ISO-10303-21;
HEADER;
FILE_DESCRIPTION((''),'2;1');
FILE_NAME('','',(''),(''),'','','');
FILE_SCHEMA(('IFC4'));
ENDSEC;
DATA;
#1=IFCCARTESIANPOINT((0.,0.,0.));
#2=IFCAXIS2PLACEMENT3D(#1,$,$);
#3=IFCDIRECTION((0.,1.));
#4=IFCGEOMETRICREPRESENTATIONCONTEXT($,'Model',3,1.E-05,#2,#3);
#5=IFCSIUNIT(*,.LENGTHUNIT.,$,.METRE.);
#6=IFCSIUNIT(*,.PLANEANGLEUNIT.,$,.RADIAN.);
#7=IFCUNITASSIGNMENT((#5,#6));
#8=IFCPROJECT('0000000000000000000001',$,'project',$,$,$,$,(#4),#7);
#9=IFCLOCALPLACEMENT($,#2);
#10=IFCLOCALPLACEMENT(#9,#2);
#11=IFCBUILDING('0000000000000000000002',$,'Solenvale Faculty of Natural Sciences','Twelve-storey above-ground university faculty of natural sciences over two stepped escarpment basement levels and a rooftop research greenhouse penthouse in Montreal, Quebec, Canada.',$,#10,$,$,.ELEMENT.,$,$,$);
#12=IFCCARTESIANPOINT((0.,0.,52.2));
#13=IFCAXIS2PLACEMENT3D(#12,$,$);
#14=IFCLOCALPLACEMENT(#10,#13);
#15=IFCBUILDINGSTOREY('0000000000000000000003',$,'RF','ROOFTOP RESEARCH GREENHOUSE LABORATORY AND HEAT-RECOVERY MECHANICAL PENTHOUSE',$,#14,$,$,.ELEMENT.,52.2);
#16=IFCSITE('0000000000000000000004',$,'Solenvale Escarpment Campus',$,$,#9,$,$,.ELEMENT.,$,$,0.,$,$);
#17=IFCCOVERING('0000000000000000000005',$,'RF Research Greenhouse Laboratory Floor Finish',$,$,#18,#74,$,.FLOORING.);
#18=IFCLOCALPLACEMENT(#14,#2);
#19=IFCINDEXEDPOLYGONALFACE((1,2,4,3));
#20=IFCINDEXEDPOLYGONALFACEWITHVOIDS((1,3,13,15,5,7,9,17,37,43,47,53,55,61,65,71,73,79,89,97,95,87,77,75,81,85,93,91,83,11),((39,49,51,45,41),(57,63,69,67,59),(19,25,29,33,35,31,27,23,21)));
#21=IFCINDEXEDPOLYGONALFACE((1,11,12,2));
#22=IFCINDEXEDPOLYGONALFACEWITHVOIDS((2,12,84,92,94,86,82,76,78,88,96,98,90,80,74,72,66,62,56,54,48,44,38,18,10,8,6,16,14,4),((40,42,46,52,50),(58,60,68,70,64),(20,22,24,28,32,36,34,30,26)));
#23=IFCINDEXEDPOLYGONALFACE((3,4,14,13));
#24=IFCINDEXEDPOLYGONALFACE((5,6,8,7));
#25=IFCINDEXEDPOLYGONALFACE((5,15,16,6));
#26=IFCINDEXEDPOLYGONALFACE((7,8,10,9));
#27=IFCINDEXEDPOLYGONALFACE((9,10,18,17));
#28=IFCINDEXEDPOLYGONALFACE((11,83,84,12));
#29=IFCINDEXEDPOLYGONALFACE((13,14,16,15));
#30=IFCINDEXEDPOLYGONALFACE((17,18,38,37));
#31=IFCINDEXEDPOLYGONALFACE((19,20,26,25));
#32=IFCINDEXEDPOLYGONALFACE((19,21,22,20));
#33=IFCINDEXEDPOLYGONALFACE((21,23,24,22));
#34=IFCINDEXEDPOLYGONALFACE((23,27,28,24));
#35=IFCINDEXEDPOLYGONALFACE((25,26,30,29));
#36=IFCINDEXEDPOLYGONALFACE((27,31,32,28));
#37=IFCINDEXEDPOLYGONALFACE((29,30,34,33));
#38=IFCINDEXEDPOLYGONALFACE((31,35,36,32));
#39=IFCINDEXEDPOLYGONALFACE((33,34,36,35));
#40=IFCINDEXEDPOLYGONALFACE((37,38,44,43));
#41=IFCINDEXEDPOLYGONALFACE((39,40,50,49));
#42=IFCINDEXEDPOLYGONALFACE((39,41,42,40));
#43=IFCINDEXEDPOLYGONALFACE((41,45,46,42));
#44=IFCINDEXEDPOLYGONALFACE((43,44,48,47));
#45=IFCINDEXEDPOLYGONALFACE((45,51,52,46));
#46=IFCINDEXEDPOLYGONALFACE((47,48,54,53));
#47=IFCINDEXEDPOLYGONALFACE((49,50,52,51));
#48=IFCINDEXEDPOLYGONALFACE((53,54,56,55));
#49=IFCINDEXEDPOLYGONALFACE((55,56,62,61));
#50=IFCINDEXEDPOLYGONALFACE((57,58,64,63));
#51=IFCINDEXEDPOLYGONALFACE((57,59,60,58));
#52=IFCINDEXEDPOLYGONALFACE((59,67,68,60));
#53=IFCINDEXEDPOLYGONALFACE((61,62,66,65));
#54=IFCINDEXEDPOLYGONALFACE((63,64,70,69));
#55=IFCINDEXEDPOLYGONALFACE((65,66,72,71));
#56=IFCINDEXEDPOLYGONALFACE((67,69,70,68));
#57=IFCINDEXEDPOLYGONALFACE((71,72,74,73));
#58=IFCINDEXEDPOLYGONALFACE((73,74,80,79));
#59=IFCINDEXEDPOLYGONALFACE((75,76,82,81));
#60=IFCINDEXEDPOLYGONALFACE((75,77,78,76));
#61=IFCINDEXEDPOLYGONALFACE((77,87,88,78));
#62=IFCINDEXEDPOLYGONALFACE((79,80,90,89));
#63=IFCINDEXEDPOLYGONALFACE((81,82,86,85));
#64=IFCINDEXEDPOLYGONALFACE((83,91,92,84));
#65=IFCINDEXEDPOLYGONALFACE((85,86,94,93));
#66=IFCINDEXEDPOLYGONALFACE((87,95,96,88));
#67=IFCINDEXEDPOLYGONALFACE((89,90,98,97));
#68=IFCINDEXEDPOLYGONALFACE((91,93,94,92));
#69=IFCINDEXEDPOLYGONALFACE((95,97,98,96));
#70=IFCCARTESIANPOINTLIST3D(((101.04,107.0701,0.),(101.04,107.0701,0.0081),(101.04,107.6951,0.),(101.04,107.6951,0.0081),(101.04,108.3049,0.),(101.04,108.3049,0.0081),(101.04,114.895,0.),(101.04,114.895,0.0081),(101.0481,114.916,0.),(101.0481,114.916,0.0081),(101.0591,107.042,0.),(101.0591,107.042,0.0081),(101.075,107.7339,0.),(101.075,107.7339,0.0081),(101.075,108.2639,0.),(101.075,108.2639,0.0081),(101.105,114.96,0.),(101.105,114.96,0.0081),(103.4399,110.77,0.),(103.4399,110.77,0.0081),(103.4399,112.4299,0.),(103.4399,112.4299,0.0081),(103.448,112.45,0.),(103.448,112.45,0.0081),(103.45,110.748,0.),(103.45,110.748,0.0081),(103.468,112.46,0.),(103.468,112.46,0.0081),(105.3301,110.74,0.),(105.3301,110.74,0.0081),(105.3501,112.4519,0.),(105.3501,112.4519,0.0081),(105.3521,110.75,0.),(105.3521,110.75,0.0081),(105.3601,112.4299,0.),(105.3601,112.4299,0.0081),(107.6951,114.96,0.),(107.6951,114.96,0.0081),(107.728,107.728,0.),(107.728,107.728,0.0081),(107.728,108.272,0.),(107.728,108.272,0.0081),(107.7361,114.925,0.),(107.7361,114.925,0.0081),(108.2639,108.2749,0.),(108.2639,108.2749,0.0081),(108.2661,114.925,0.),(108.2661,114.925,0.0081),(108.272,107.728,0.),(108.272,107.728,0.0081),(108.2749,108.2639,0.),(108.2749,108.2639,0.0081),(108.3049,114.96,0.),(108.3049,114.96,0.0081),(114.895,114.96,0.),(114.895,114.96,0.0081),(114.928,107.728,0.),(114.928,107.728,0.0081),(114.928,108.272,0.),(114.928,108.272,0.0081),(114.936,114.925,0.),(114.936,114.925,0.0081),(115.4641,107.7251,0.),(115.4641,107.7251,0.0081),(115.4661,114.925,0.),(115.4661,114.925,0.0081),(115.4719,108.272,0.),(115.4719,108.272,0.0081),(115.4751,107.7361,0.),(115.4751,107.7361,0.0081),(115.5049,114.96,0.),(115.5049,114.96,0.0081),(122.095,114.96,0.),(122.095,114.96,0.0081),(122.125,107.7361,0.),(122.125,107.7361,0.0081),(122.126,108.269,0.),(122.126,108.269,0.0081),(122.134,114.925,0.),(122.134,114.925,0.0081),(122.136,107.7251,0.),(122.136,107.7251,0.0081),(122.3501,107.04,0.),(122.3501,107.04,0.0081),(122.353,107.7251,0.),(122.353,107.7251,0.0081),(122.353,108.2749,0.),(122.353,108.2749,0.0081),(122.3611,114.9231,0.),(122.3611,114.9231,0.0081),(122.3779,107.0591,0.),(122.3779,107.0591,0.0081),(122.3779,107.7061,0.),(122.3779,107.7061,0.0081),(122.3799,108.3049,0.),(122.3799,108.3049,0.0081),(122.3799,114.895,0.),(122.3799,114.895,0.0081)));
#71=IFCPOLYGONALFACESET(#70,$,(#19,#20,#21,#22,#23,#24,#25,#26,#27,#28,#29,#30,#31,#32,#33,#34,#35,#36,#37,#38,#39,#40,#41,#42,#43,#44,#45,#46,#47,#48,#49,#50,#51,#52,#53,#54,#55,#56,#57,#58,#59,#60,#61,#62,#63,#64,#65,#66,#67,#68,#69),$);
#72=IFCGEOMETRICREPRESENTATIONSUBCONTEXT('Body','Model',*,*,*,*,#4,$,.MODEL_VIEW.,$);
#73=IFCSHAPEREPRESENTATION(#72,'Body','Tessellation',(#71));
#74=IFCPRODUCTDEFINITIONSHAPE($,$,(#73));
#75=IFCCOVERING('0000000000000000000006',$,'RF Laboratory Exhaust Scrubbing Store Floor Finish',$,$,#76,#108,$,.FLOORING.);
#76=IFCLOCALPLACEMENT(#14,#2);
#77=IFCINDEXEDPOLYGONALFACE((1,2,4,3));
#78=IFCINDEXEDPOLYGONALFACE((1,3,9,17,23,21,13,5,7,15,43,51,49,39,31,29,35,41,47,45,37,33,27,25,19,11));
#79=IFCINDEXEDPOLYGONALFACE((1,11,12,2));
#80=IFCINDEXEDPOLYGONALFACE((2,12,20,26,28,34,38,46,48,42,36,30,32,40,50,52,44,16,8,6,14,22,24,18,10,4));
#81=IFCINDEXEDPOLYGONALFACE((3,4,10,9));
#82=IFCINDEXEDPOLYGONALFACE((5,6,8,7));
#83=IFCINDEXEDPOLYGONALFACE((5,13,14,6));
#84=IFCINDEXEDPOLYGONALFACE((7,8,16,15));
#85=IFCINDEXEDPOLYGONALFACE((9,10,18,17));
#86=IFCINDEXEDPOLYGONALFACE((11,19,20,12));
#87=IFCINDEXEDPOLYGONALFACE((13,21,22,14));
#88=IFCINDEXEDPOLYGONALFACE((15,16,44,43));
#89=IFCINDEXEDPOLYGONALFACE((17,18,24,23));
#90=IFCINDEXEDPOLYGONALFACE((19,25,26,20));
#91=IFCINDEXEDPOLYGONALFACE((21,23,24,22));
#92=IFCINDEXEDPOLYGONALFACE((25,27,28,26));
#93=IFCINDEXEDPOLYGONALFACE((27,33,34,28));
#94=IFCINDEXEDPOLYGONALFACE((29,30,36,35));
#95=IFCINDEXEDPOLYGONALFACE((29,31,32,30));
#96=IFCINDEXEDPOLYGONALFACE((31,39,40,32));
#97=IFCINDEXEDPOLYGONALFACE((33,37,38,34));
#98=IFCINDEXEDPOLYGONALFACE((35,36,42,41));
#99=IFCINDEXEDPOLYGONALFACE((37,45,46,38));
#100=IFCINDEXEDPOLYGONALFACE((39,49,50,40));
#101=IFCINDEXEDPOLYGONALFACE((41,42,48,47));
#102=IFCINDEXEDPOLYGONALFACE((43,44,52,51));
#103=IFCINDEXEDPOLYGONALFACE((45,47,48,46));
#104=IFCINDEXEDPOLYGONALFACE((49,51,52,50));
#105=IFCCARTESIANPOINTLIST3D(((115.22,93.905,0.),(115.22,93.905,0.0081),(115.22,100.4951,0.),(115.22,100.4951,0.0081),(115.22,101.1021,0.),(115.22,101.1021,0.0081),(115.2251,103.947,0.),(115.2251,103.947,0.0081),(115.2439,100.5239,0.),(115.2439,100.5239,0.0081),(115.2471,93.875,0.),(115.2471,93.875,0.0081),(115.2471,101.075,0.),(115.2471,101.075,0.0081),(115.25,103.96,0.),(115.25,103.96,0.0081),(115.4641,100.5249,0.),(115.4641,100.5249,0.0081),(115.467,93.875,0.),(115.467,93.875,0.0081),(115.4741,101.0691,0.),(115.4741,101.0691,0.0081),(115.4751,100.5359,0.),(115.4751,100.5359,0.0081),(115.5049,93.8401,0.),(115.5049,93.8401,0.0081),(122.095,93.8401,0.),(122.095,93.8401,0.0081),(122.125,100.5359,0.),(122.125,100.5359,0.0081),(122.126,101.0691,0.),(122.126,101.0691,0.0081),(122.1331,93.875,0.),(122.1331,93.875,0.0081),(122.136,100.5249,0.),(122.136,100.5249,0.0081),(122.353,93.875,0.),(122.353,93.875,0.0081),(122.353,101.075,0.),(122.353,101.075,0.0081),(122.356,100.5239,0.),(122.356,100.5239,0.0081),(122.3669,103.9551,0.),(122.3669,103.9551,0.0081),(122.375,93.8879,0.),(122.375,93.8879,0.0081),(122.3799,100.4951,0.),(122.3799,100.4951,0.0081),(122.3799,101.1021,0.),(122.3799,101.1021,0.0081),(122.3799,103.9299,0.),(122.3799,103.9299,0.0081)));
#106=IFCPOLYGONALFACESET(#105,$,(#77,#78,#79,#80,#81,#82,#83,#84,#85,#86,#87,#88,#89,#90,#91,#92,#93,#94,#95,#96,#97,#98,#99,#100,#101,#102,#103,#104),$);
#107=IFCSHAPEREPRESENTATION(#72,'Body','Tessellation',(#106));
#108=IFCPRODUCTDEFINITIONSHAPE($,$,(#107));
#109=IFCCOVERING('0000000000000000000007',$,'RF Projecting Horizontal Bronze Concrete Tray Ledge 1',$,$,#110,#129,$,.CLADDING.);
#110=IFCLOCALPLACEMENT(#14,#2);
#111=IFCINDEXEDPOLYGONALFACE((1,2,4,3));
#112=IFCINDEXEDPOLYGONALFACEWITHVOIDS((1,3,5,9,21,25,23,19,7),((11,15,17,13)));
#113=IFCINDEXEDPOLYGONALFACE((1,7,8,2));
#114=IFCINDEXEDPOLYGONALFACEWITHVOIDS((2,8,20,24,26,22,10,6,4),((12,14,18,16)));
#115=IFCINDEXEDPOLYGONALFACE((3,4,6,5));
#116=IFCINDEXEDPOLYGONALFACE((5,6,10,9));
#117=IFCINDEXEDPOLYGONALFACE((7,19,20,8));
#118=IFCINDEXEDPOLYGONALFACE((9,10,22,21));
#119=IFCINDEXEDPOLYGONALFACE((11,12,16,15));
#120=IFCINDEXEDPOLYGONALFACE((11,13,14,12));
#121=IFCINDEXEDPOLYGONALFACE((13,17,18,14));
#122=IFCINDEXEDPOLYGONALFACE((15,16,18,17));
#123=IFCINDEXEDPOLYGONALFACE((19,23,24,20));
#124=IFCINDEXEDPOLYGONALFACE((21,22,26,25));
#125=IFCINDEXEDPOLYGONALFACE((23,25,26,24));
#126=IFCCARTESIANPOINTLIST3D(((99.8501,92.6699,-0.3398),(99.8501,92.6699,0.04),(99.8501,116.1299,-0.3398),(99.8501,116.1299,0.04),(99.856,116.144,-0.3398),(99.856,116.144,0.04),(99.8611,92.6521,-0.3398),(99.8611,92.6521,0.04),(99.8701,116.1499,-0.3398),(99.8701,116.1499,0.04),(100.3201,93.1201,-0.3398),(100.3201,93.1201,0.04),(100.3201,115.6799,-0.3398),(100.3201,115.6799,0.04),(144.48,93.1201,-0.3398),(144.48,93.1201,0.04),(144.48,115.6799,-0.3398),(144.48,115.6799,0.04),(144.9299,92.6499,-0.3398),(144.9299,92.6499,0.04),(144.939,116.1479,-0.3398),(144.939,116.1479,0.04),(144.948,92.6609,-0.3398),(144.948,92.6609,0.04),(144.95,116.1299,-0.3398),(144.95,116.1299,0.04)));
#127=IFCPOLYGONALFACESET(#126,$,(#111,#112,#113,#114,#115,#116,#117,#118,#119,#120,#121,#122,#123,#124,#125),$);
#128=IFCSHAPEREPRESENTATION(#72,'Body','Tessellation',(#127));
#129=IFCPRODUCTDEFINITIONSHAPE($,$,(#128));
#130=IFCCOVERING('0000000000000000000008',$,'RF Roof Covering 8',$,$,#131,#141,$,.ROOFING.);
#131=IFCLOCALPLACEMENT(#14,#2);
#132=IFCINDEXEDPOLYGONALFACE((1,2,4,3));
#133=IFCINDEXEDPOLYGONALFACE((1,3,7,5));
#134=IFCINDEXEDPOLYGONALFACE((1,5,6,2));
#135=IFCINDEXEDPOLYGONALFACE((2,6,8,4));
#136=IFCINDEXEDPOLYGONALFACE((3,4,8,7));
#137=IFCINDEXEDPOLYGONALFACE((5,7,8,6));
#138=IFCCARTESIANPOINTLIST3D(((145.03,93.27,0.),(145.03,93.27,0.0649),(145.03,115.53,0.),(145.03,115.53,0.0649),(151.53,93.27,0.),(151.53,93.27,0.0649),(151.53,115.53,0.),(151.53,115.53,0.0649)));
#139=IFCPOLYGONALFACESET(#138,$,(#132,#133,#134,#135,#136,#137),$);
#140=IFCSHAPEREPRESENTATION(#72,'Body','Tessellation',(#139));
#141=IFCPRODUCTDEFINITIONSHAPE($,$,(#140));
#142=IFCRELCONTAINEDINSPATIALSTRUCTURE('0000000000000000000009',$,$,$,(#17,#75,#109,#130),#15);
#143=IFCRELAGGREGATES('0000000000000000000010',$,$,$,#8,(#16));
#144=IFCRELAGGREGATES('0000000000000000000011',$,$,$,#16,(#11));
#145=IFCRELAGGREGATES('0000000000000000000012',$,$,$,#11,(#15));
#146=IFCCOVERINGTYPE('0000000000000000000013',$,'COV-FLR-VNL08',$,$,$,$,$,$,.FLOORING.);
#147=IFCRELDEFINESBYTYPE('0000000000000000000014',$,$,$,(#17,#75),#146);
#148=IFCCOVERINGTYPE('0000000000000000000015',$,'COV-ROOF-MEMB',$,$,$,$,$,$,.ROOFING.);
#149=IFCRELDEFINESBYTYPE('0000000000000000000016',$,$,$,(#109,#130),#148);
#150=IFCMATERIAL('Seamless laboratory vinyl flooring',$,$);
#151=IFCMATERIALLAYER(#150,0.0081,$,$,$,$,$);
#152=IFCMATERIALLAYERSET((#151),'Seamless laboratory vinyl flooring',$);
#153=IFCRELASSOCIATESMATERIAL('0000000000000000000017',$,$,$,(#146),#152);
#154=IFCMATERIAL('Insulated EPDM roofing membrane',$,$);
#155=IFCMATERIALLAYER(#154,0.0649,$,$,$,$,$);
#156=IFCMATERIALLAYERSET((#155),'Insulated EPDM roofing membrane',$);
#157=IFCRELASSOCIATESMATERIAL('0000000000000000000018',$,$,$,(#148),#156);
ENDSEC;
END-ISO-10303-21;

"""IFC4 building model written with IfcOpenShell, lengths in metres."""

from ifc_helpers import new_model, si_unit, direction, frame, origin, place, context, subcontext, project, spatial, polyline, outline, extrude, material, layer, layer_set, type_object, element, save


model = new_model("IFC4")

# Units and contexts
model_context = context("Model", 3, precision=1e-05, world=origin(), true_north=direction((0.0, 1.0)))
body_context = subcontext(model_context, "Body", "Model", "MODEL_VIEW")
ifc_project = project(units=[si_unit("LENGTHUNIT", "METRE"), si_unit("PLANEANGLEUNIT", "RADIAN")], contexts=[model_context])

# Site, building, storey
site_placement = place(None, origin())
site = spatial("IfcSite", under=ifc_project, at=site_placement, Name="Solenvale Escarpment Campus", CompositionType="ELEMENT", RefElevation=0.0)
building_placement = place(site_placement, origin())
building = spatial("IfcBuilding", under=site, at=building_placement, Name="Solenvale Faculty of Natural Sciences", Description="Twelve-storey above-ground university faculty of natural sciences over two stepped escarpment basement levels and a rooftop research greenhouse penthouse in Montreal, Quebec, Canada.", CompositionType="ELEMENT")
storey_placement = place(building_placement, frame((0.0, 0.0, 52.2)))
storey = spatial("IfcBuildingStorey", under=building, at=storey_placement, Name="RF", Description="ROOFTOP RESEARCH GREENHOUSE LABORATORY AND HEAT-RECOVERY MECHANICAL PENTHOUSE", CompositionType="ELEMENT", Elevation=52.2)

# Coverings
ifc_material_1 = material(Name="Seamless laboratory vinyl flooring")
ifc_layer_1 = layer(ifc_material_1, 0.0081)
ifc_layer_set_1 = layer_set([ifc_layer_1], Name="Seamless laboratory vinyl flooring")
covering_type_1 = type_object("IfcCoveringType", Name="COV-FLR-VNL08", PredefinedType="FLOORING", material=ifc_layer_set_1)
covering_1_placement = place(storey_placement, origin())
element("IfcCovering", 1, at=covering_1_placement, inside=storey, type_object=covering_type_1, Name="RF Research Greenhouse Laboratory Floor Finish", PredefinedType="FLOORING", context=body_context, shape_type="SweptSolid", body=[
    extrude(outline(polyline([(101.04, 114.895), (101.0481, 114.916), (101.105, 114.96), (107.6951, 114.96), (107.7361, 114.925), (108.2661, 114.925), (108.3049, 114.96), (114.895, 114.96), (114.936, 114.925), (115.4661, 114.925), (115.5049, 114.96), (122.095, 114.96), (122.134, 114.925), (122.3611, 114.9231), (122.3799, 114.895), (122.3799, 108.3049), (122.353, 108.2749), (122.126, 108.269), (122.125, 107.7361), (122.136, 107.7251), (122.353, 107.7251), (122.3779, 107.7061), (122.3779, 107.0591), (122.3501, 107.04), (101.0591, 107.042), (101.04, 107.0701), (101.04, 107.6951), (101.075, 107.7339), (101.075, 108.2639), (101.04, 108.3049), (101.04, 114.895)]), holes=[polyline([(115.4641, 107.7251), (115.4751, 107.7361), (115.4719, 108.272), (114.928, 108.272), (114.928, 107.728), (115.4641, 107.7251)]), polyline([(108.2749, 108.2639), (108.2639, 108.2749), (107.728, 108.272), (107.728, 107.728), (108.272, 107.728), (108.2749, 108.2639)]), polyline([(103.468, 112.46), (103.448, 112.45), (103.4399, 112.4299), (103.4399, 110.77), (103.45, 110.748), (105.3301, 110.74), (105.3521, 110.75), (105.3601, 112.4299), (105.3501, 112.4519), (103.468, 112.46)])]), origin(), (0.0, 0.0, 1.0), 0.0081),
])
covering_2_placement = place(storey_placement, origin())
element("IfcCovering", 2, at=covering_2_placement, inside=storey, type_object=covering_type_1, Name="RF Laboratory Exhaust Scrubbing Store Floor Finish", PredefinedType="FLOORING", context=body_context, shape_type="SweptSolid", body=[
    extrude(outline(polyline([(115.5049, 93.8401), (115.467, 93.875), (115.2471, 93.875), (115.22, 93.905), (115.22, 100.4951), (115.2439, 100.5239), (115.4641, 100.5249), (115.4751, 100.5359), (115.4741, 101.0691), (115.2471, 101.075), (115.22, 101.1021), (115.2251, 103.947), (115.25, 103.96), (122.3669, 103.9551), (122.3799, 103.9299), (122.3799, 101.1021), (122.353, 101.075), (122.126, 101.0691), (122.125, 100.5359), (122.136, 100.5249), (122.356, 100.5239), (122.3799, 100.4951), (122.375, 93.8879), (122.353, 93.875), (122.1331, 93.875), (122.095, 93.8401), (115.5049, 93.8401)])), origin(), (0.0, 0.0, 1.0), 0.0081),
])
ifc_material_2 = material(Name="Insulated EPDM roofing membrane")
ifc_layer_2 = layer(ifc_material_2, 0.0649)
ifc_layer_set_2 = layer_set([ifc_layer_2], Name="Insulated EPDM roofing membrane")
covering_type_2 = type_object("IfcCoveringType", Name="COV-ROOF-MEMB", PredefinedType="ROOFING", material=ifc_layer_set_2)
covering_3_placement = place(storey_placement, frame((0.0, 0.0, -0.3398)))
element("IfcCovering", 3, at=covering_3_placement, inside=storey, type_object=covering_type_2, Name="RF Projecting Horizontal Bronze Concrete Tray Ledge 1", PredefinedType="CLADDING", context=body_context, shape_type="SweptSolid", body=[
    extrude(outline(polyline([(99.8501, 116.1299), (99.856, 116.144), (99.8701, 116.1499), (144.939, 116.1479), (144.95, 116.1299), (144.948, 92.6609), (144.9299, 92.6499), (99.8611, 92.6521), (99.8501, 92.6699), (99.8501, 116.1299)]), holes=[polyline([(100.3201, 93.1201), (144.48, 93.1201), (144.48, 115.6799), (100.3201, 115.6799), (100.3201, 93.1201)])]), origin(), (0.0, 0.0, 1.0), 0.3799),
])
covering_4_placement = place(storey_placement, origin())
element("IfcCovering", 4, at=covering_4_placement, inside=storey, type_object=covering_type_2, Name="RF Roof Covering 8", PredefinedType="ROOFING", context=body_context, shape_type="SweptSolid", body=[
    extrude(outline(polyline([(151.53, 93.27), (145.03, 93.27), (145.03, 115.53), (151.53, 115.53), (151.53, 93.27)])), origin(), (0.0, 0.0, 1.0), 0.0649),
])

save(model, "model.ifc")
